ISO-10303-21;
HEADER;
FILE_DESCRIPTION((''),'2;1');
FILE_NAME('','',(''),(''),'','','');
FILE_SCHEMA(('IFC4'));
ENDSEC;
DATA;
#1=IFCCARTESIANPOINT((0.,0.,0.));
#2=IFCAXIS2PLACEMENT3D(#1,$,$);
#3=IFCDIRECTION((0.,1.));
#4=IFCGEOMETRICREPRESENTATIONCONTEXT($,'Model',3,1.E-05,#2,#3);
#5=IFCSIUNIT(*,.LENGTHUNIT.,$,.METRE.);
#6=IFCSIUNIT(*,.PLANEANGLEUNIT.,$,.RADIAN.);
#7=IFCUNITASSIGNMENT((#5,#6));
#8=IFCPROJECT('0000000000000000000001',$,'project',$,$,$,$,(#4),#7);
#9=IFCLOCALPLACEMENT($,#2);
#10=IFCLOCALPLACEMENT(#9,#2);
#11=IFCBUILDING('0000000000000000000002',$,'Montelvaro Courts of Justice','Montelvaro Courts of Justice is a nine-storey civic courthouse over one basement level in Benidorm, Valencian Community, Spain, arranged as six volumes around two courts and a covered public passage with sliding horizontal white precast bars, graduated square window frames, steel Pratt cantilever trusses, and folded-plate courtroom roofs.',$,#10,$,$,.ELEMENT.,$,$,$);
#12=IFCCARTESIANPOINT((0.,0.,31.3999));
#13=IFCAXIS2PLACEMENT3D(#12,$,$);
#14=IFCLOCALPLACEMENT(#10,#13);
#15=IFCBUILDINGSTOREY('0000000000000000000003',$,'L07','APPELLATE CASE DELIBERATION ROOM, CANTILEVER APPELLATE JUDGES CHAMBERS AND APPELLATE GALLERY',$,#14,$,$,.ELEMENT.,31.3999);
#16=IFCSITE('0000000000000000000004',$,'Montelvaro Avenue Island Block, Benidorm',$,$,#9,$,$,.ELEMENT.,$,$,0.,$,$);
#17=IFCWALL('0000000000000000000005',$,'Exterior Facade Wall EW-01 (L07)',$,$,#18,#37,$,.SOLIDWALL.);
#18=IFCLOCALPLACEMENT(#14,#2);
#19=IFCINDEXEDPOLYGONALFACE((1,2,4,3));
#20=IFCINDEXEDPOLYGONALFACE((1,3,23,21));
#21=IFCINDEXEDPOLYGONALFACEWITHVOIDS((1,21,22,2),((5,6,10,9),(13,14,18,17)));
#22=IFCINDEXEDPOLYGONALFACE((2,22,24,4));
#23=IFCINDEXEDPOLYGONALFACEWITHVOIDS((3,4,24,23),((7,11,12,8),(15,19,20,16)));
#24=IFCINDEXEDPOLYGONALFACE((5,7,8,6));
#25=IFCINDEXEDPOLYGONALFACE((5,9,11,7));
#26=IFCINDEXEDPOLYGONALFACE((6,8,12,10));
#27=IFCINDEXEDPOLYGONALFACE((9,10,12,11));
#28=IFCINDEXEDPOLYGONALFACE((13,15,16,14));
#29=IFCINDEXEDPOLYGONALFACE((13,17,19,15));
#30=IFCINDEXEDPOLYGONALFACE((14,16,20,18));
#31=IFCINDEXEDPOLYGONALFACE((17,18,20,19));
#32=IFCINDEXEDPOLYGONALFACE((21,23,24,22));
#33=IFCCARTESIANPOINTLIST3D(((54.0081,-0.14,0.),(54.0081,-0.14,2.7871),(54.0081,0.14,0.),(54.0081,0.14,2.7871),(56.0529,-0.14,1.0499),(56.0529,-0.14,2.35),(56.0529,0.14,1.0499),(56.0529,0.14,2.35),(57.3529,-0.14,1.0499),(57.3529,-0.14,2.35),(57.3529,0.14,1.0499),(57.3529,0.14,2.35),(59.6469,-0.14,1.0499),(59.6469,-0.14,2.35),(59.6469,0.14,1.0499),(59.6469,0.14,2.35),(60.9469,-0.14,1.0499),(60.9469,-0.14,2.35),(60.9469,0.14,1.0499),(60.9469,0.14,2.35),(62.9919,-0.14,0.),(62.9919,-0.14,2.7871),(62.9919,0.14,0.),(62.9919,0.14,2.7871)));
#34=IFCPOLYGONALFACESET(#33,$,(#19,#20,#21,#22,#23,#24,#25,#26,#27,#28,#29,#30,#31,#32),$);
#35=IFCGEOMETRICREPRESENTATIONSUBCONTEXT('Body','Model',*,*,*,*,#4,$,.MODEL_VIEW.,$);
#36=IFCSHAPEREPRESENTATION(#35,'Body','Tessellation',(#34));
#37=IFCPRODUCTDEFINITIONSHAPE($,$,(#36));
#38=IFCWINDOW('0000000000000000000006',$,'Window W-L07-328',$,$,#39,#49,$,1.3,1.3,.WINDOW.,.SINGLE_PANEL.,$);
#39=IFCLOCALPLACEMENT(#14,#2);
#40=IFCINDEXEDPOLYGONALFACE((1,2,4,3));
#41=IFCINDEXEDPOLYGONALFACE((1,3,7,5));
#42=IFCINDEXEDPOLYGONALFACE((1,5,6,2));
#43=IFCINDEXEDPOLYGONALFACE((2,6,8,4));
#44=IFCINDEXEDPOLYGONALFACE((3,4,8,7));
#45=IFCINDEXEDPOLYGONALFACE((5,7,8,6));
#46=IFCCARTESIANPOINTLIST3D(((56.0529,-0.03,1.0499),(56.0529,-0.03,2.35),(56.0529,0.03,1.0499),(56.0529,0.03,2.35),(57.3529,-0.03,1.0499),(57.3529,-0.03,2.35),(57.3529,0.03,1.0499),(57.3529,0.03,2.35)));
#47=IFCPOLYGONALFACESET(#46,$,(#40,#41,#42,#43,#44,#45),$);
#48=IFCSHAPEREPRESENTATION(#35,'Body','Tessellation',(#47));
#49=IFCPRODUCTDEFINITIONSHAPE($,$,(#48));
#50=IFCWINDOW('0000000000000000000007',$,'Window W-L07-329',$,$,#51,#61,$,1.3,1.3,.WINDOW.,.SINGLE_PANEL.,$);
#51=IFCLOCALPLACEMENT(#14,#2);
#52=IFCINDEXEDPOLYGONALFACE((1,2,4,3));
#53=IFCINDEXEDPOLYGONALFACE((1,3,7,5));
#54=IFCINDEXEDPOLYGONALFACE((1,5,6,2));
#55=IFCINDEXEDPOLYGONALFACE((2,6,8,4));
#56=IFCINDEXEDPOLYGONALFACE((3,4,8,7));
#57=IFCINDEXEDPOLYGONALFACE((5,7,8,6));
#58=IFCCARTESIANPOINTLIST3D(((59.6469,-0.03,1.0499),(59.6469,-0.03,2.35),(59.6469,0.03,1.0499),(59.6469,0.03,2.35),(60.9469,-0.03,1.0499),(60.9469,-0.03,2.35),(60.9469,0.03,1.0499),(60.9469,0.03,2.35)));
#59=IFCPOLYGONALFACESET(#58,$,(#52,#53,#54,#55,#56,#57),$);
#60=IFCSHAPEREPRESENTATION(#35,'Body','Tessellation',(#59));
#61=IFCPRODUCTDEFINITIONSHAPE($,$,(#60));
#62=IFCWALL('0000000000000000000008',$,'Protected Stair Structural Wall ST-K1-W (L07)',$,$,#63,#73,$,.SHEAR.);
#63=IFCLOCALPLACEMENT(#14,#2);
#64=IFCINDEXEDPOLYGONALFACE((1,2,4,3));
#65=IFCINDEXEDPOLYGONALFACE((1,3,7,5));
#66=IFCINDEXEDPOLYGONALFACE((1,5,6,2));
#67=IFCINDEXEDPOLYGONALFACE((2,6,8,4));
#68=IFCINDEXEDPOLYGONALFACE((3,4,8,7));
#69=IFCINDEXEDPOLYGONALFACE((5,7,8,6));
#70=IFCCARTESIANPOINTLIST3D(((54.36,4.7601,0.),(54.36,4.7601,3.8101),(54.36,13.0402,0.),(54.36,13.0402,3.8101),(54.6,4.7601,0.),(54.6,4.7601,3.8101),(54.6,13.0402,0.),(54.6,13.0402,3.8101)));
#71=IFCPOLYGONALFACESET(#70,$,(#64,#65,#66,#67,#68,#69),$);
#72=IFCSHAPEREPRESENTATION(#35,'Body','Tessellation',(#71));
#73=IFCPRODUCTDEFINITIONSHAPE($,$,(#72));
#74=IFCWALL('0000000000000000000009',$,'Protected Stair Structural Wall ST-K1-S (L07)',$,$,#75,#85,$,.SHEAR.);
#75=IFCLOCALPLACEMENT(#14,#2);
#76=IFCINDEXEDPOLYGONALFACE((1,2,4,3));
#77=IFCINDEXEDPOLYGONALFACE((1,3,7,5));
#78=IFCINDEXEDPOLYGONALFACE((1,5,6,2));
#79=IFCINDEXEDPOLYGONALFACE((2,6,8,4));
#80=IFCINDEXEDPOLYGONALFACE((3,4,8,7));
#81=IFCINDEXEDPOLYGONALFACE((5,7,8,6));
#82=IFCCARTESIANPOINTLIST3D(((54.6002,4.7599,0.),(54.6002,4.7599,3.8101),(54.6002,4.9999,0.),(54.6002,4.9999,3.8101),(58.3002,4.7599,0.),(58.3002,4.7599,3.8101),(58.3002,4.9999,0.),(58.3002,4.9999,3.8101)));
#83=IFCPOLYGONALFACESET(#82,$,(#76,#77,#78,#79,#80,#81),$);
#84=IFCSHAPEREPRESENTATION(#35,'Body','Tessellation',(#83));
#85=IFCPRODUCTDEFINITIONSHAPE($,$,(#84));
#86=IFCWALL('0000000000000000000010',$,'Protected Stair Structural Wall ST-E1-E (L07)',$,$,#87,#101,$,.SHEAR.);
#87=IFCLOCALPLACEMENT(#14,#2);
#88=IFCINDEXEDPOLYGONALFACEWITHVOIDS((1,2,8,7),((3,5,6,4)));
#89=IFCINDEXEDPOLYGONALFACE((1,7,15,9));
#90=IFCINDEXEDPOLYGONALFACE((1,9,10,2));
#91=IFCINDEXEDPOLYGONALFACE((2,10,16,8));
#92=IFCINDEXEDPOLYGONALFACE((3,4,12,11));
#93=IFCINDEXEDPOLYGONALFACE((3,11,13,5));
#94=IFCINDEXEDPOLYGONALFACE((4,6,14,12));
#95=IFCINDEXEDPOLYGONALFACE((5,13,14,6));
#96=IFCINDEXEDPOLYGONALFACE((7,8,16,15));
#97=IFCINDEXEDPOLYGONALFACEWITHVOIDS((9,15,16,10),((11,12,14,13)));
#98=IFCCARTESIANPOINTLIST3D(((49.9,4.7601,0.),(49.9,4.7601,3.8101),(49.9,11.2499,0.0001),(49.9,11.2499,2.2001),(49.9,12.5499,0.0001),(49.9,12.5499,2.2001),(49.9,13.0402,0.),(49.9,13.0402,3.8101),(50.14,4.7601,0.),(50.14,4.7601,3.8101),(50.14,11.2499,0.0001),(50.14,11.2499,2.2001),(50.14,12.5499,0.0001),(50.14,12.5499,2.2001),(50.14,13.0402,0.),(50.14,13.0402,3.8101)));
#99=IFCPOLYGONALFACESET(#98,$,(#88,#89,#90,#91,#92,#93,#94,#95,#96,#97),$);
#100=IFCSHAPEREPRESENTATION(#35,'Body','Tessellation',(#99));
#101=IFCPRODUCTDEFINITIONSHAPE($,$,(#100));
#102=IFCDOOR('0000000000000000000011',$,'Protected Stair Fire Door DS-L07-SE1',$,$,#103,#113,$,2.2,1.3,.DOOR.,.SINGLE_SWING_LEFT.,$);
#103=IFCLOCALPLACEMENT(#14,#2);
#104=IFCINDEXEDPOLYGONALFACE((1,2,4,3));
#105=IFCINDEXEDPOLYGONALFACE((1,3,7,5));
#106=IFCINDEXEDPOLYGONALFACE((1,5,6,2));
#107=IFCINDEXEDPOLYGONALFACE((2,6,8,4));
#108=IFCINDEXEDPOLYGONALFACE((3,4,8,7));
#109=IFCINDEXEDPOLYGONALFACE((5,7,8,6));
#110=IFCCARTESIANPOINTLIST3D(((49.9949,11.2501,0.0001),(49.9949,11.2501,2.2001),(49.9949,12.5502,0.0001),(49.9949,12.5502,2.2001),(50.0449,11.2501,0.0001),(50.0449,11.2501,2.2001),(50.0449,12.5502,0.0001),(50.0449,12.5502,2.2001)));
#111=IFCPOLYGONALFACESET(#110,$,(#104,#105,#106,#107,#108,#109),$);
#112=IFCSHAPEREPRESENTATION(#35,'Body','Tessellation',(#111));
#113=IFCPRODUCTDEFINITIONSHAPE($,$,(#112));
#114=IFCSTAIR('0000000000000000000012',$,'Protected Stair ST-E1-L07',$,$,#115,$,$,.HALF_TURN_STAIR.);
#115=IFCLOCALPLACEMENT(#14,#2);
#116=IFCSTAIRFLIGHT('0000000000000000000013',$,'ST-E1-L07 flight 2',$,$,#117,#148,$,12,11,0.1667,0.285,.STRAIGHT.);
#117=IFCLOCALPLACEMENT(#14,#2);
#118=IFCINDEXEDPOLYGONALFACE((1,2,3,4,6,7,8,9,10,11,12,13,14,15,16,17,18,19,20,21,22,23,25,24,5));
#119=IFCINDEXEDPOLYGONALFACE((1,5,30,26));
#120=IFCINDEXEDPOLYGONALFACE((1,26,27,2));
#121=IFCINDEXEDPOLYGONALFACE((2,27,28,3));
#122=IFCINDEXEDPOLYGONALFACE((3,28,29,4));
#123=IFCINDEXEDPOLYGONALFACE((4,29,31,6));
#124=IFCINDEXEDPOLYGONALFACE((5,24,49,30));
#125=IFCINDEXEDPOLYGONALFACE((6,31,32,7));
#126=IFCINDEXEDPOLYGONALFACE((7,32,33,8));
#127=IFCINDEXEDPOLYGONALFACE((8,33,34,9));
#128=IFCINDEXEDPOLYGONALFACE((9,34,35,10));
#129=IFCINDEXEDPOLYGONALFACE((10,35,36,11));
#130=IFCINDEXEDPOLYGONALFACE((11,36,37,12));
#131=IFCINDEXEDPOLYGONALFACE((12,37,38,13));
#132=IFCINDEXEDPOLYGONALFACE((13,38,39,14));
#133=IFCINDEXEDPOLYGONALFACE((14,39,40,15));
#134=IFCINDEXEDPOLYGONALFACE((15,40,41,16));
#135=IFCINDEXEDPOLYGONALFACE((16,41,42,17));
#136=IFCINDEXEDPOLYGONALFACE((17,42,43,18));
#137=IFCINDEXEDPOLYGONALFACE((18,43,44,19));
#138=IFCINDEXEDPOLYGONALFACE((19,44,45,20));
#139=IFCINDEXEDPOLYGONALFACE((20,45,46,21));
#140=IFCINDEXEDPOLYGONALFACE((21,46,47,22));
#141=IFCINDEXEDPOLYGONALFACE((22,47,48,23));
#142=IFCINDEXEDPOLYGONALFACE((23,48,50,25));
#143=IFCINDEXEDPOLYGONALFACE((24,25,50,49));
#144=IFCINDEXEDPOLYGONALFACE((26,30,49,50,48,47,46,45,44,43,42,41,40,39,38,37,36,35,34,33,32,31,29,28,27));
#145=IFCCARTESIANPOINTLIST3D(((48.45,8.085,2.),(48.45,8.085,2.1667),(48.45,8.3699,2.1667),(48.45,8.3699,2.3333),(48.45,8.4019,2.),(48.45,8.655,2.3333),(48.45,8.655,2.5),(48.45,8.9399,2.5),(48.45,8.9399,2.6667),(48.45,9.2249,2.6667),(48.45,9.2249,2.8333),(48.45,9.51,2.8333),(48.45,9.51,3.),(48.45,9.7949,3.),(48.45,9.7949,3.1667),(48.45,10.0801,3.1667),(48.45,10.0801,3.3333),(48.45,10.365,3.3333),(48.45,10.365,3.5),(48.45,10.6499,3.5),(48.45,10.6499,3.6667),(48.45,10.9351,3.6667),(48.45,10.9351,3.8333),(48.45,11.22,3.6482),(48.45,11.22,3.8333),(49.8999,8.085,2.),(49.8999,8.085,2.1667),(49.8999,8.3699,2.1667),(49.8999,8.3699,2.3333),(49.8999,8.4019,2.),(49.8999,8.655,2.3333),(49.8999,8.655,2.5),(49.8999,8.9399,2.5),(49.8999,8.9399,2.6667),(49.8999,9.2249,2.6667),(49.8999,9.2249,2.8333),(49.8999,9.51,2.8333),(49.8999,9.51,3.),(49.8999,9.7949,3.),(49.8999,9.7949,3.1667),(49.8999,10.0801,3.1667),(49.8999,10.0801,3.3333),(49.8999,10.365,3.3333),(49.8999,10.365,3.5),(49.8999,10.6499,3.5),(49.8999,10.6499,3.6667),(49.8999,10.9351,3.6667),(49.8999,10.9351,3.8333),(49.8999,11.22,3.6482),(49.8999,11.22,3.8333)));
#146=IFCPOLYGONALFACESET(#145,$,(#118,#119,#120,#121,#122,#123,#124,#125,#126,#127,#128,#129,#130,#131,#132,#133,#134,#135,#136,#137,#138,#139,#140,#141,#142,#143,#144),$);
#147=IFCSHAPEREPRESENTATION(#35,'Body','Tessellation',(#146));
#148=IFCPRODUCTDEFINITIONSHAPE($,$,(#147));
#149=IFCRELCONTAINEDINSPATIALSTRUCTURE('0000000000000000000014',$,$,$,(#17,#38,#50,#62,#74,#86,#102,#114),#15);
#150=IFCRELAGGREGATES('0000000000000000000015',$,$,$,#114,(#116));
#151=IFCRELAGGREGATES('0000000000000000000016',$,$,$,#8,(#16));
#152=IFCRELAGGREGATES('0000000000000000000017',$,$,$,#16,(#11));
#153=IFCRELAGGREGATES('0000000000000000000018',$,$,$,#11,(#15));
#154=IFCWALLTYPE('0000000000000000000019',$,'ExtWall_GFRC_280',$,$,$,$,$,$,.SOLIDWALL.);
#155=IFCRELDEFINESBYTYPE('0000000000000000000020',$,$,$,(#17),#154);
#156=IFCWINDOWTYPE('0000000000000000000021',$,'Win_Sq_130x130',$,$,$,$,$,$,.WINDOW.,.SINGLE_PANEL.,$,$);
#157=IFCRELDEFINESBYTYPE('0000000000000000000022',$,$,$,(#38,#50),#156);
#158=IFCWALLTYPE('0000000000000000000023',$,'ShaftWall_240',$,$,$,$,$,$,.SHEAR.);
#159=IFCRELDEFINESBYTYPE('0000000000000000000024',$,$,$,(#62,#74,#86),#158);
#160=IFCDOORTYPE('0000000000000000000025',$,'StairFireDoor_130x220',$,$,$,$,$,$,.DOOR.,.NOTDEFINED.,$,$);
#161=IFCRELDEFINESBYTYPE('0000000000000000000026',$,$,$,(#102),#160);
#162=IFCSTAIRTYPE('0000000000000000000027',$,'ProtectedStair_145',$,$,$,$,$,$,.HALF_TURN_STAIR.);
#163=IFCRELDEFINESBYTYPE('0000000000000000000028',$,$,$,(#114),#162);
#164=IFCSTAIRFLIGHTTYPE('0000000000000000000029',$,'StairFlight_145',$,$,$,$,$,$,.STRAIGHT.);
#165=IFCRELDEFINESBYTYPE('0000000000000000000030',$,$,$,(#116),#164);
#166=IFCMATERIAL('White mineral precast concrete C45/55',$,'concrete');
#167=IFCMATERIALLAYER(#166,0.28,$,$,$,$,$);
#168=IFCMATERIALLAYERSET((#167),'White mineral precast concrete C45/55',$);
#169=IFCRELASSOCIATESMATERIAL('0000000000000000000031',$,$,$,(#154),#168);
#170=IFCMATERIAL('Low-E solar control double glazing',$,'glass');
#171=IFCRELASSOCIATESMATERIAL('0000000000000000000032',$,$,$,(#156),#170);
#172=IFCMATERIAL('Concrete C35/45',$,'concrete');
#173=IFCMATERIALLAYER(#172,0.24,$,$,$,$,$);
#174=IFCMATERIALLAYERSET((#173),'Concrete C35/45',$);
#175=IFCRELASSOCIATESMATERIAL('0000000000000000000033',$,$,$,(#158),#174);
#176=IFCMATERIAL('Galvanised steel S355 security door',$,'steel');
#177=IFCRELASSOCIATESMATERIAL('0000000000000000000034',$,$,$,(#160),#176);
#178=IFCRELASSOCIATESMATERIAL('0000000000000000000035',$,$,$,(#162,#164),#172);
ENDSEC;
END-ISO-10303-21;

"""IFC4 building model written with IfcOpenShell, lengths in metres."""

from ifc_helpers import new_model, si_unit, direction, frame, frame_2d, origin, place, context, subcontext, project, spatial, polyline, rectangle, outline, extrude, material, layer, layer_set, type_object, element, fill, aggregate, save


model = new_model("IFC4")

# Units and contexts
model_context = context("Model", 3, precision=1e-05, world=origin(), true_north=direction((0.0, 1.0)))
body_context = subcontext(model_context, "Body", "Model", "MODEL_VIEW")
ifc_project = project(units=[si_unit("LENGTHUNIT", "METRE"), si_unit("PLANEANGLEUNIT", "RADIAN")], contexts=[model_context])

# Site, building, storey
site_placement = place(None, origin())
site = spatial("IfcSite", under=ifc_project, at=site_placement, Name="Montelvaro Avenue Island Block, Benidorm", CompositionType="ELEMENT", RefElevation=0.0)
building_placement = place(site_placement, origin())
building = spatial("IfcBuilding", under=site, at=building_placement, Name="Montelvaro Courts of Justice", Description="Montelvaro Courts of Justice is a nine-storey civic courthouse over one basement level in Benidorm, Valencian Community, Spain, arranged as six volumes around two courts and a covered public passage with sliding horizontal white precast bars, graduated square window frames, steel Pratt cantilever trusses, and folded-plate courtroom roofs.", CompositionType="ELEMENT")
storey_placement = place(building_placement, frame((0.0, 0.0, 31.3999)))
storey = spatial("IfcBuildingStorey", under=building, at=storey_placement, Name="L07", Description="APPELLATE CASE DELIBERATION ROOM, CANTILEVER APPELLATE JUDGES CHAMBERS AND APPELLATE GALLERY", CompositionType="ELEMENT", Elevation=31.3999)

# Shared definitions
ifc_material_1 = material(Name="White mineral precast concrete C45/55", Category="concrete")

# Wall, openings, windows
ifc_layer_1 = layer(ifc_material_1, 0.28)
ifc_layer_set_1 = layer_set([ifc_layer_1], Name="White mineral precast concrete C45/55")
wall_type_1 = type_object("IfcWallType", Name="ExtWall_GFRC_280", PredefinedType="SOLIDWALL", material=ifc_layer_set_1)
wall_1_placement = place(storey_placement, frame((54.0081, 0.0, 0.0), z_axis=(0.0, 0.0, 1.0), x_axis=(1.0, 0.0, 0.0)))
wall_1 = element("IfcWall", 1, at=wall_1_placement, inside=storey, type_object=wall_type_1, Name="Exterior Facade Wall EW-01 (L07)", PredefinedType="SOLIDWALL", context=body_context, shape_type="SweptSolid", body=[
    extrude(rectangle(XDim=8.9839, YDim=0.28, at=frame_2d((4.4919, 0.0))), origin(), (0.0, 0.0, 1.0), 2.7871),
])
opening_1_placement = place(wall_1_placement, frame((2.0449, 0.0, 1.05)))
opening_1 = element("IfcOpeningElement", 2, at=opening_1_placement, cuts=wall_1, PredefinedType="OPENING", context=body_context, shape_type="SweptSolid", body=[
    extrude(rectangle(XDim=1.3, YDim=1.3, at=frame_2d((0.6499, 0.6499))), frame((0.0, 0.1548, 0.0), z_axis=(0.0, -1.0, 0.0), x_axis=(1.0, 0.0, 0.0)), (0.0, 0.0, 1.0), 0.3098),
])
opening_2_placement = place(wall_1_placement, frame((5.6389, 0.0, 1.05)))
opening_2 = element("IfcOpeningElement", 3, at=opening_2_placement, cuts=wall_1, PredefinedType="OPENING", context=body_context, shape_type="SweptSolid", body=[
    extrude(rectangle(XDim=1.3, YDim=1.3, at=frame_2d((0.6499, 0.6499))), frame((0.0, 0.1548, 0.0), z_axis=(0.0, -1.0, 0.0), x_axis=(1.0, 0.0, 0.0)), (0.0, 0.0, 1.0), 0.3098),
])
ifc_material_2 = material(Name="Low-E solar control double glazing", Category="glass")
window_type = type_object("IfcWindowType", Name="Win_Sq_130x130", PartitioningType="SINGLE_PANEL", PredefinedType="WINDOW", material=ifc_material_2)
window_1_placement = place(opening_1_placement, origin())
window_1 = element("IfcWindow", 4, at=window_1_placement, inside=storey, type_object=window_type, Name="Window W-L07-328", OverallHeight=1.3, OverallWidth=1.3, PartitioningType="SINGLE_PANEL", PredefinedType="WINDOW", context=body_context, shape_type="SweptSolid", body=[
    extrude(rectangle(XDim=1.3, YDim=1.3, at=frame_2d((0.6499, 0.6499))), frame((0.0, 0.03, 0.0), z_axis=(0.0, -1.0, 0.0), x_axis=(1.0, 0.0, 0.0)), (0.0, 0.0, 1.0), 0.0601),
])
fill(opening_1, window_1)
window_2_placement = place(opening_2_placement, origin())
window_2 = element("IfcWindow", 5, at=window_2_placement, inside=storey, type_object=window_type, Name="Window W-L07-329", OverallHeight=1.3, OverallWidth=1.3, PartitioningType="SINGLE_PANEL", PredefinedType="WINDOW", context=body_context, shape_type="SweptSolid", body=[
    extrude(rectangle(XDim=1.3, YDim=1.3, at=frame_2d((0.6499, 0.6499))), frame((0.0, 0.03, 0.0), z_axis=(0.0, -1.0, 0.0), x_axis=(1.0, 0.0, 0.0)), (0.0, 0.0, 1.0), 0.0601),
])
fill(opening_2, window_2)

# Walls
ifc_material_3 = material(Name="Concrete C35/45", Category="concrete")
ifc_layer_2 = layer(ifc_material_3, 0.24)
ifc_layer_set_2 = layer_set([ifc_layer_2], Name="Concrete C35/45")
wall_type_2 = type_object("IfcWallType", Name="ShaftWall_240", PredefinedType="SHEAR", material=ifc_layer_set_2)
wall_2_placement = place(storey_placement, frame((54.48, 4.76, 0.0), z_axis=(0.0, 0.0, 1.0), x_axis=(0.0, 1.0, 0.0)))
element("IfcWall", 6, at=wall_2_placement, inside=storey, type_object=wall_type_2, Name="Protected Stair Structural Wall ST-K1-W (L07)", PredefinedType="SHEAR", context=body_context, shape_type="SweptSolid", body=[
    extrude(rectangle(XDim=8.28, YDim=0.24, at=frame_2d((4.1401, 0.0))), origin(), (0.0, 0.0, 1.0), 3.8101),
])
wall_3_placement = place(storey_placement, frame((54.6001, 4.8799, 0.0), z_axis=(0.0, 0.0, 1.0), x_axis=(1.0, 0.0, 0.0)))
element("IfcWall", 7, at=wall_3_placement, inside=storey, type_object=wall_type_2, Name="Protected Stair Structural Wall ST-K1-S (L07)", PredefinedType="SHEAR", context=body_context, shape_type="SweptSolid", body=[
    extrude(rectangle(XDim=3.7, YDim=0.24, at=frame_2d((1.8501, 0.0))), origin(), (0.0, 0.0, 1.0), 3.8101),
])

# Wall, opening, door
wall_4_placement = place(storey_placement, frame((50.02, 4.76, 0.0), z_axis=(0.0, 0.0, 1.0), x_axis=(0.0, 1.0, 0.0)))
wall_4 = element("IfcWall", 8, at=wall_4_placement, inside=storey, type_object=wall_type_2, Name="Protected Stair Structural Wall ST-E1-E (L07)", PredefinedType="SHEAR", context=body_context, shape_type="SweptSolid", body=[
    extrude(rectangle(XDim=8.28, YDim=0.24, at=frame_2d((4.1401, 0.0))), origin(), (0.0, 0.0, 1.0), 3.8101),
])
opening_3_placement = place(wall_4_placement, frame((6.49, 0.0, 0.0)))
opening_3 = element("IfcOpeningElement", 9, at=opening_3_placement, cuts=wall_4, PredefinedType="OPENING", context=body_context, shape_type="SweptSolid", body=[
    extrude(rectangle(XDim=1.3, YDim=2.2, at=frame_2d((0.6499, 1.1001))), frame((0.0, 0.1348, 0.0), z_axis=(0.0, -1.0, 0.0), x_axis=(1.0, 0.0, 0.0)), (0.0, 0.0, 1.0), 0.2698),
])
ifc_material_4 = material(Name="Galvanised steel S355 security door", Category="steel")
door_type = type_object("IfcDoorType", Name="StairFireDoor_130x220", OperationType="NOTDEFINED", PredefinedType="DOOR", material=ifc_material_4)
door_placement = place(opening_3_placement, frame((1.3, 0.0, 0.0), z_axis=(0.0, 0.0, 1.0), x_axis=(-1.0, 0.0, 0.0)))
door = element("IfcDoor", 10, at=door_placement, inside=storey, type_object=door_type, Name="Protected Stair Fire Door DS-L07-SE1", OperationType="SINGLE_SWING_LEFT", OverallHeight=2.2, OverallWidth=1.3, PredefinedType="DOOR", context=body_context, shape_type="SweptSolid", body=[
    extrude(rectangle(XDim=1.3, YDim=2.2, at=frame_2d((0.6499, 1.1001))), frame((0.0, 0.0249, 0.0), z_axis=(0.0, -1.0, 0.0), x_axis=(1.0, 0.0, 0.0)), (0.0, 0.0, 1.0), 0.05),
])
fill(opening_3, door)

# Stair, stair flight
stair_type = type_object("IfcStairType", Name="ProtectedStair_145", PredefinedType="HALF_TURN_STAIR", material=ifc_material_3)
stair_placement = place(storey_placement, origin())
stair = element("IfcStair", 11, at=stair_placement, inside=storey, type_object=stair_type, Name="Protected Stair ST-E1-L07", PredefinedType="HALF_TURN_STAIR")
stair_flight_type = type_object("IfcStairFlightType", Name="StairFlight_145", PredefinedType="STRAIGHT", material=ifc_material_3)
stair_flight_placement = place(storey_placement, frame((49.175, 8.085, 2.0), z_axis=(0.0, 0.0, 1.0), x_axis=(0.0, 1.0, 0.0)))
stair_flight = element("IfcStairFlight", 12, at=stair_flight_placement, type_object=stair_flight_type, Name="ST-E1-L07 flight 2", NumberOfRisers=12, NumberOfTreads=11, PredefinedType="STRAIGHT", RiserHeight=0.1667, TreadLength=0.285, context=body_context, shape_type="SweptSolid", body=[
    extrude(outline(polyline([(0.0, 0.0), (0.0, 0.1667), (0.2849, 0.1667), (0.2849, 0.3333), (0.5701, 0.3333), (0.5701, 0.5), (0.855, 0.5), (0.855, 0.6667), (1.1399, 0.6667), (1.1399, 0.8333), (1.425, 0.8333), (1.425, 1.0), (1.71, 1.0), (1.71, 1.1667), (1.9951, 1.1667), (1.9951, 1.3333), (2.28, 1.3333), (2.28, 1.5), (2.5649, 1.5), (2.5649, 1.6667), (2.8501, 1.6667), (2.8501, 1.8333), (3.135, 1.8333), (3.135, 2.0), (3.135, 1.6482), (0.3169, 0.0), (0.0, 0.0)])), frame((0.0, 0.7251, 0.0), z_axis=(0.0, -1.0, 0.0), x_axis=(1.0, 0.0, 0.0)), (0.0, 0.0, 1.0), 1.45),
])
aggregate(stair, [stair_flight])

save(model, "model.ifc")
